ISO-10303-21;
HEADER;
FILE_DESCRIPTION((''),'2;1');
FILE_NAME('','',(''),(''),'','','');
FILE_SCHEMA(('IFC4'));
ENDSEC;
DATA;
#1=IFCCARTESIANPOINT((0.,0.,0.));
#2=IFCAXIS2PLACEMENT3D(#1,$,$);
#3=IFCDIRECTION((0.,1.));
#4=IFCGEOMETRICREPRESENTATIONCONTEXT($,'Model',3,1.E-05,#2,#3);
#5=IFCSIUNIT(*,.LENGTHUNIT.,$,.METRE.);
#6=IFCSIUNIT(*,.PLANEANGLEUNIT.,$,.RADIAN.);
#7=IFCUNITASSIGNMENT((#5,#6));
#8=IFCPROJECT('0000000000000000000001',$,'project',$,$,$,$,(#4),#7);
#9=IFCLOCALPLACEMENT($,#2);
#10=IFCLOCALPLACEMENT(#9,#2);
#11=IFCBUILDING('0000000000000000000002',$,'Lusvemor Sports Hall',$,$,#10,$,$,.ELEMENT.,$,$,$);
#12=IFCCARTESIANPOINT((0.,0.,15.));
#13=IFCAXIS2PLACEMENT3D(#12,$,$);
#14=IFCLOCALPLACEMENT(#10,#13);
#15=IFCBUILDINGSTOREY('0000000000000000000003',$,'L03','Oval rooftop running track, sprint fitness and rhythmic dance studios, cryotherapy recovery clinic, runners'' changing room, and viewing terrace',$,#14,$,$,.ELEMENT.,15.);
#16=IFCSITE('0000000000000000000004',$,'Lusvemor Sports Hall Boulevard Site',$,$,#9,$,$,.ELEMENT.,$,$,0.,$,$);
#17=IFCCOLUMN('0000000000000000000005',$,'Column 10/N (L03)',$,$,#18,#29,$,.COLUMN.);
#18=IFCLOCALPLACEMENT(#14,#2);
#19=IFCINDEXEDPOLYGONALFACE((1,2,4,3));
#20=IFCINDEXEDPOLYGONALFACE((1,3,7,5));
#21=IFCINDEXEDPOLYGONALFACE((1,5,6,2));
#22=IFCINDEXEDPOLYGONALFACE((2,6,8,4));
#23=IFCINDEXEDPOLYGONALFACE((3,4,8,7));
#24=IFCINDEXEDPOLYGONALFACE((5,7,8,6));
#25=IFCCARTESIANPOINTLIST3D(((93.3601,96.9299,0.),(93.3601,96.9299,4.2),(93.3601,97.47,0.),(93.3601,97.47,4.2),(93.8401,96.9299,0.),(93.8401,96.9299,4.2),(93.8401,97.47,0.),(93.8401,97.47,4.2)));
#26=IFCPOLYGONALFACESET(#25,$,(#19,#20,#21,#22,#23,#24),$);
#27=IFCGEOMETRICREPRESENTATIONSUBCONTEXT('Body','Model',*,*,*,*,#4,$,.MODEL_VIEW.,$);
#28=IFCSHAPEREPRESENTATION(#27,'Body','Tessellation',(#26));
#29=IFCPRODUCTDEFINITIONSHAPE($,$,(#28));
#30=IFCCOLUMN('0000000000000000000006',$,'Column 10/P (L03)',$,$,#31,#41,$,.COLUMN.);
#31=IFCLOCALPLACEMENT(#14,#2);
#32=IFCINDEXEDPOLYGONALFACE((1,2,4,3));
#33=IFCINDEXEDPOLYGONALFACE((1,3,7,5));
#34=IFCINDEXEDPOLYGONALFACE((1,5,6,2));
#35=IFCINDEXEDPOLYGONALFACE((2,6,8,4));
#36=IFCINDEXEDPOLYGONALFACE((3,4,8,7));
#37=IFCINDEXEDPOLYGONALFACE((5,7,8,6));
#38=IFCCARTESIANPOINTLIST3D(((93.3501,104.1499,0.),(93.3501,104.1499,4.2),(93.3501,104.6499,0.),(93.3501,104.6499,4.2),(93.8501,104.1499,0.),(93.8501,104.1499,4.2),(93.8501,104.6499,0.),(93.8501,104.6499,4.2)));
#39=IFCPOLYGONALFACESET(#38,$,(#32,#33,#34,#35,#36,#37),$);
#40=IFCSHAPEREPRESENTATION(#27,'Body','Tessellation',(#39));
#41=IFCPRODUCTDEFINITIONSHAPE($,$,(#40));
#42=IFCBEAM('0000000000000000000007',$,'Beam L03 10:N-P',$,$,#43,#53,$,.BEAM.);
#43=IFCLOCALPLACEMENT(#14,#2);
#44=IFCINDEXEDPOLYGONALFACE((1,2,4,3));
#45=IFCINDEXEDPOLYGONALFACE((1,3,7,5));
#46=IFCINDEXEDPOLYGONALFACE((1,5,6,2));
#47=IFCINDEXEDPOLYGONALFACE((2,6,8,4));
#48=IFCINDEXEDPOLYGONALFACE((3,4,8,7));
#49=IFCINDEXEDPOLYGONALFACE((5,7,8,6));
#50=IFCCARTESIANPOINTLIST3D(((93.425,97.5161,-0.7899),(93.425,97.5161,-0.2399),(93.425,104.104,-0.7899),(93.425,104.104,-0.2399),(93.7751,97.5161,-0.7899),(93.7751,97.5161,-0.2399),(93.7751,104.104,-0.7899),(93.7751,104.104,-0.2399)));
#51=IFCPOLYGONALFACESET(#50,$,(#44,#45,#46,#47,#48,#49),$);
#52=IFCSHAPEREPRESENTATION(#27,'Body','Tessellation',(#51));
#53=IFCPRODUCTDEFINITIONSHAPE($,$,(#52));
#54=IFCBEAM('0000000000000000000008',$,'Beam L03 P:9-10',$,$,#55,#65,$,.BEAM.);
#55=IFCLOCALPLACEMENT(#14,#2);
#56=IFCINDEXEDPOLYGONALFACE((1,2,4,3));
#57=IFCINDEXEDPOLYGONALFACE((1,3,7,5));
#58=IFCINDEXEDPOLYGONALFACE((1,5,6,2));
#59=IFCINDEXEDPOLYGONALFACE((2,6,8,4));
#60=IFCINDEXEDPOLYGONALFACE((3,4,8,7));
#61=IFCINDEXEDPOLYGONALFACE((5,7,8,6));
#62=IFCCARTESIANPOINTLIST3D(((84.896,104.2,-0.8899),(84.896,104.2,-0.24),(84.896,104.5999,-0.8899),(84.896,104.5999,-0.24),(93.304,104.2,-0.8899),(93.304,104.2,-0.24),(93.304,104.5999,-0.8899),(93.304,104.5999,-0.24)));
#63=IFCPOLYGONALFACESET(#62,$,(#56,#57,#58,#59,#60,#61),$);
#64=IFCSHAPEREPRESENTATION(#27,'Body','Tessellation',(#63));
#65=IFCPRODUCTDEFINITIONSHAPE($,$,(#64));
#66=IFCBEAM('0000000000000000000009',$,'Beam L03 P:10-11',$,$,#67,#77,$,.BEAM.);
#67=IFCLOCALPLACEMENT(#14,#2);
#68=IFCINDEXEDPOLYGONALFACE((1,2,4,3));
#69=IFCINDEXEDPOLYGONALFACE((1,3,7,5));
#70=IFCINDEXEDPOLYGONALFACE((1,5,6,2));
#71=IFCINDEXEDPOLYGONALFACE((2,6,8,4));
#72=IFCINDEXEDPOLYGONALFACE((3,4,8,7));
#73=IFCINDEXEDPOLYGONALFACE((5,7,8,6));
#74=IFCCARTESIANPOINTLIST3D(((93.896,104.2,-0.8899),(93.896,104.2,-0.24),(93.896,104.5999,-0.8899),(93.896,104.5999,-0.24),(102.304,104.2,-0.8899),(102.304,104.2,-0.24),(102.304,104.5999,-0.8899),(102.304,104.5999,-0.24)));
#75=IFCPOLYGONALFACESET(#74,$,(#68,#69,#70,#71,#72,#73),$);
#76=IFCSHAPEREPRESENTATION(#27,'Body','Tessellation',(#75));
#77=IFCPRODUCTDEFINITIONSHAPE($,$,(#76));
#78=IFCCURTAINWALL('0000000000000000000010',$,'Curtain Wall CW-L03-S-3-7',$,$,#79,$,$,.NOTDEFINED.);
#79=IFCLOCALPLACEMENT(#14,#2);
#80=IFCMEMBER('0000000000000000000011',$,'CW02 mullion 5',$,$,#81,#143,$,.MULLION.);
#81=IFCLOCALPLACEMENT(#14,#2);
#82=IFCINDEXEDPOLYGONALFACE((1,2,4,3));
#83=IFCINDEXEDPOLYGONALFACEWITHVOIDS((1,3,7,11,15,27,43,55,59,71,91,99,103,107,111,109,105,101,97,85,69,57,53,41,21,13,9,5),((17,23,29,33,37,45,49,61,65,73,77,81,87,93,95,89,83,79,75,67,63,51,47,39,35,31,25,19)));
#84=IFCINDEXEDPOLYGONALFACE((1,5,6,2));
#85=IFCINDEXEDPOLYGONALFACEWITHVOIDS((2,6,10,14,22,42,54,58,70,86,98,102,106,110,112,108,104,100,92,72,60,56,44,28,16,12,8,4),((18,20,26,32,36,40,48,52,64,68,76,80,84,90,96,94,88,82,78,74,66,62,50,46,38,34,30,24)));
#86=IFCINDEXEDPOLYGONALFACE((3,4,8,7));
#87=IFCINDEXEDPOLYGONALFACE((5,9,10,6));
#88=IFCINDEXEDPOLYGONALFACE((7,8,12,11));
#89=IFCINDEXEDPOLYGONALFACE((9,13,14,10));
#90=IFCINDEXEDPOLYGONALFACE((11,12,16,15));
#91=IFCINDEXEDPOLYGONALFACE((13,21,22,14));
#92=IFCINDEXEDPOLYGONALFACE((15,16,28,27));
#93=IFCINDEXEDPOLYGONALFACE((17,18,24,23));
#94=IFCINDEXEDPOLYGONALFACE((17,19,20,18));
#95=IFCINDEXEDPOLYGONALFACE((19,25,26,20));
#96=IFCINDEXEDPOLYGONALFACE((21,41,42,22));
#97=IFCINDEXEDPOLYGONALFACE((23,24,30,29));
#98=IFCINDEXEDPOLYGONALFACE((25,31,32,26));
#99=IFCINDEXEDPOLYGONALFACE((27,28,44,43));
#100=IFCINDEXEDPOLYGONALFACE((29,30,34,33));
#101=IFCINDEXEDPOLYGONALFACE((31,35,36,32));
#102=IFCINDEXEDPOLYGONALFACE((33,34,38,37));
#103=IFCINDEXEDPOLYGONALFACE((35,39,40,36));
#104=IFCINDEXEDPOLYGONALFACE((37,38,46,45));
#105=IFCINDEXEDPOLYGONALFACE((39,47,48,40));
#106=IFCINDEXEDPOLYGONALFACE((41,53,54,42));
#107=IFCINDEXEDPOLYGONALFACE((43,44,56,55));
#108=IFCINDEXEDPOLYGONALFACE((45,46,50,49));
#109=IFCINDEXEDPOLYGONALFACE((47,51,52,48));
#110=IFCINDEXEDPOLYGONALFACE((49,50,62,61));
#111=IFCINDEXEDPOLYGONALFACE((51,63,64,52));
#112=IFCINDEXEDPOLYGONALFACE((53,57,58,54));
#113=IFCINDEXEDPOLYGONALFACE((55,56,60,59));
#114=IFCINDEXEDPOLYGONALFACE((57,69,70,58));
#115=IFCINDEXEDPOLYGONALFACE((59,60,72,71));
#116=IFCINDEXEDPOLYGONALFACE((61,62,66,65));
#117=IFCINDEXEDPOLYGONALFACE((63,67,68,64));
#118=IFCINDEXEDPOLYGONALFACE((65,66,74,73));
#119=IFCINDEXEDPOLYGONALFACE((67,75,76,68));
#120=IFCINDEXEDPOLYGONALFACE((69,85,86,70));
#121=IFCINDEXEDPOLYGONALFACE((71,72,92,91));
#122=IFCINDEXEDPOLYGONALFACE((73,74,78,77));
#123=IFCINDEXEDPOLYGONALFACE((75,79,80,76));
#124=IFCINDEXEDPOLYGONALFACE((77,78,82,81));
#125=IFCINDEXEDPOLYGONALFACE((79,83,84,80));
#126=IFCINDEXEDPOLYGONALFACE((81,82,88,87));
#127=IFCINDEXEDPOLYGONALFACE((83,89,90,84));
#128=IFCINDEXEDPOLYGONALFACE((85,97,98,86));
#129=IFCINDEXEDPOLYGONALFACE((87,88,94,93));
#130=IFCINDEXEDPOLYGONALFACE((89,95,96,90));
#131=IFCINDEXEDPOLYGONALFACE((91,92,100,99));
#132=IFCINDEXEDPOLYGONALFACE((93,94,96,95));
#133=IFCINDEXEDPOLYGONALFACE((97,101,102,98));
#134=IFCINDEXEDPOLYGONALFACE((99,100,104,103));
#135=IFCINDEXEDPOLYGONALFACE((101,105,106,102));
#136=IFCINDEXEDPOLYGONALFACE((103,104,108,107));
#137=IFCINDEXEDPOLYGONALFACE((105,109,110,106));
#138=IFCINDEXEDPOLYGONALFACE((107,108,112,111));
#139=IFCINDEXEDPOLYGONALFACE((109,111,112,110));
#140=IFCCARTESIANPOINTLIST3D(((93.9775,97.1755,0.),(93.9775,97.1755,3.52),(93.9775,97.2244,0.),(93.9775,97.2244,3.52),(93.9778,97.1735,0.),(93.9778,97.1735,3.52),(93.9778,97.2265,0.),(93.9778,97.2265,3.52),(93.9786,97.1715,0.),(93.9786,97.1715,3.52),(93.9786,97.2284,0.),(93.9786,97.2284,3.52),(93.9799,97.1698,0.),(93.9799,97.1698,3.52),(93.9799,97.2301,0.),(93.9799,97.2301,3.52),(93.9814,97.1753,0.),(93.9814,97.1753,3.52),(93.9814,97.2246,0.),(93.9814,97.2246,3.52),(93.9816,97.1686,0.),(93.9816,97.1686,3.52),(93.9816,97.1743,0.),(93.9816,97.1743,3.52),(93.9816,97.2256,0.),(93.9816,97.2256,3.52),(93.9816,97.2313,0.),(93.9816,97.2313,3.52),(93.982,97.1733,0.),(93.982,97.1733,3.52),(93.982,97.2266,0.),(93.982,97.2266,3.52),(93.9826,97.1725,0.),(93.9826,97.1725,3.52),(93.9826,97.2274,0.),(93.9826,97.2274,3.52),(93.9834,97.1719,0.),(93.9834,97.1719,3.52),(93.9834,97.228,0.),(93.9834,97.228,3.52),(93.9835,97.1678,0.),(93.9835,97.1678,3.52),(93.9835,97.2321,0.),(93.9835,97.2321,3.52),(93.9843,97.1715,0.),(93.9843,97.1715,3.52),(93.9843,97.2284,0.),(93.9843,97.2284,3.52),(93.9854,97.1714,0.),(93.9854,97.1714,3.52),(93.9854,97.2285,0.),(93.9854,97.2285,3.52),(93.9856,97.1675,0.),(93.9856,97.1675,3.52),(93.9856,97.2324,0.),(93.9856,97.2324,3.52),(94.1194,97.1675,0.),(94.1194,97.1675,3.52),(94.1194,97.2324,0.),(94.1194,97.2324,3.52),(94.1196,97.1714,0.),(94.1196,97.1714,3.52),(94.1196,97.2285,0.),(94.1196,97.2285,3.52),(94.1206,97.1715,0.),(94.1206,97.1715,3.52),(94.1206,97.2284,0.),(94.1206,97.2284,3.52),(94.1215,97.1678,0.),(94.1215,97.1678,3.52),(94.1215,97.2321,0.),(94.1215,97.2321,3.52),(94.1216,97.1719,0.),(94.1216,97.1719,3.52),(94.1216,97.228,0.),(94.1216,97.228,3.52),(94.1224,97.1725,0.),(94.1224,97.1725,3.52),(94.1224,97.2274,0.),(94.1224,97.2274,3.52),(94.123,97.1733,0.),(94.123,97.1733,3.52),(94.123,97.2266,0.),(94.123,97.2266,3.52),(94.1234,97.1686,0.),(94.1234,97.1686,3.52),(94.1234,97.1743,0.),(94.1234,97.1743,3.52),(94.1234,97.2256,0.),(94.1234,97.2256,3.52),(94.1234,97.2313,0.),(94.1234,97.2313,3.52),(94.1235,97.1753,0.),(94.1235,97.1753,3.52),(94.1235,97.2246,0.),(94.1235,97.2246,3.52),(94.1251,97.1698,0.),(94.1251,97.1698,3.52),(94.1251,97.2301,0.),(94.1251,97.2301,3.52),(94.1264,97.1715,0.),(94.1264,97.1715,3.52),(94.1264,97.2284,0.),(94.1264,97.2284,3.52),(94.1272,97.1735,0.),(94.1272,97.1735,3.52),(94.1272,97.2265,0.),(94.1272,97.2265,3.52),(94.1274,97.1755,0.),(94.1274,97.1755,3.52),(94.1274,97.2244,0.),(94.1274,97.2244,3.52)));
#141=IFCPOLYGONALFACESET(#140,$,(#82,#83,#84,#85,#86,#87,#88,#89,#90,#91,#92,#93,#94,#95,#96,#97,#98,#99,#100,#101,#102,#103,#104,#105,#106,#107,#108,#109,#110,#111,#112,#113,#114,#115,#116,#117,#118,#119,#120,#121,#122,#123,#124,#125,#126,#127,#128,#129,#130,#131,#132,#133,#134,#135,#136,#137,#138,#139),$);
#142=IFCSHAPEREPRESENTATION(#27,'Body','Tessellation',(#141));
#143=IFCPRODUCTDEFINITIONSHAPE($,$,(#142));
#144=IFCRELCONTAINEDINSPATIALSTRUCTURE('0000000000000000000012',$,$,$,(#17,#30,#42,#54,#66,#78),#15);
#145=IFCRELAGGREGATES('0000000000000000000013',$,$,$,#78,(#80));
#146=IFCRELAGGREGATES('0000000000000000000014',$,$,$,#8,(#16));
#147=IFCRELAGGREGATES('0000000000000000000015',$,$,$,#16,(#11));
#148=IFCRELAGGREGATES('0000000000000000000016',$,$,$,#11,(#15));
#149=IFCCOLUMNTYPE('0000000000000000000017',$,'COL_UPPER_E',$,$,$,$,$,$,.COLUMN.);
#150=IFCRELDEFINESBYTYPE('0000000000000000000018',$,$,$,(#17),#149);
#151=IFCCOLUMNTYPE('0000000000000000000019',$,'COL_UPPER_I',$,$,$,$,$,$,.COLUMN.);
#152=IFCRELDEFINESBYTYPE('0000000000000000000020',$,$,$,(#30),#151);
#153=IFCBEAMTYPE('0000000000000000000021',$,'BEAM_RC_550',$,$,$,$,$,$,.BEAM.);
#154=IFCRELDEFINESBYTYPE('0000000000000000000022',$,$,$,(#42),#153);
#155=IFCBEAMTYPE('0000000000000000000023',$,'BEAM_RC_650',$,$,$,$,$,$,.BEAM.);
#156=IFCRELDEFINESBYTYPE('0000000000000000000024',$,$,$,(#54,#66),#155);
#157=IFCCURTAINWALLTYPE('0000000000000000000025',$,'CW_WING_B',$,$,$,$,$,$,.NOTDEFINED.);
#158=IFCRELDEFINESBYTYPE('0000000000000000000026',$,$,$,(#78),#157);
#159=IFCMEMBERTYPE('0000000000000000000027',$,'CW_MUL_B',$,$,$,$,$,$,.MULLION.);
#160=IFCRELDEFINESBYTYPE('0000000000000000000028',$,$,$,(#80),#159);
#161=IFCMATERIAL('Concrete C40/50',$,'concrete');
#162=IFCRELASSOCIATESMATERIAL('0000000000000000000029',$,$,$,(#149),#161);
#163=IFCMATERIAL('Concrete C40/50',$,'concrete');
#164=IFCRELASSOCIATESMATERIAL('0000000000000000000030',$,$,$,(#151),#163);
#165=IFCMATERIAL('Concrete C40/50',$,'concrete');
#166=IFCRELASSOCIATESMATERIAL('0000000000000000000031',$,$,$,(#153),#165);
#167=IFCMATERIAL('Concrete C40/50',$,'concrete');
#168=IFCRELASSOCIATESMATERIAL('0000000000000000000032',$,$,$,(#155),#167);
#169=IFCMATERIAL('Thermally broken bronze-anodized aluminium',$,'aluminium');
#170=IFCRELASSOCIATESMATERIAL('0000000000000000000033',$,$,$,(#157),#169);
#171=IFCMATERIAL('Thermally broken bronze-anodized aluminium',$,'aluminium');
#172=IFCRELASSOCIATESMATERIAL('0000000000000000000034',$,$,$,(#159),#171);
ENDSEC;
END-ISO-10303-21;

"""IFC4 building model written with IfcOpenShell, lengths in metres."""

from ifc_helpers import new_model, si_unit, direction, frame, origin, origin_2d, place, context, subcontext, project, spatial, rectangle, hollow_rectangle, extrude, material, material_profile, profile_set, type_object, element, aggregate, save


model = new_model("IFC4")

# Units and contexts
model_context = context("Model", 3, precision=1e-05, world=origin(), true_north=direction((0.0, 1.0)))
body_context = subcontext(model_context, "Body", "Model", "MODEL_VIEW")
ifc_project = project(units=[si_unit("LENGTHUNIT", "METRE"), si_unit("PLANEANGLEUNIT", "RADIAN")], contexts=[model_context])

# Site, building, storey
site_placement = place(None, origin())
site = spatial("IfcSite", under=ifc_project, at=site_placement, Name="Lusvemor Sports Hall Boulevard Site", CompositionType="ELEMENT", RefElevation=0.0)
building_placement = place(site_placement, origin())
building = spatial("IfcBuilding", under=site, at=building_placement, Name="Lusvemor Sports Hall", CompositionType="ELEMENT")
storey_placement = place(building_placement, frame((0.0, 0.0, 15.0)))
storey = spatial("IfcBuildingStorey", under=building, at=storey_placement, Name="L03", Description="Oval rooftop running track, sprint fitness and rhythmic dance studios, cryotherapy recovery clinic, runners' changing room, and viewing terrace", CompositionType="ELEMENT", Elevation=15.0)

# Columns
ifc_material_1 = material(Name="Concrete C40/50", Category="concrete")
ifc_material_profile_1 = material_profile(ifc_material_1, rectangle(XDim=0.48, YDim=0.54, at=origin_2d()), Name="RC480x540")
ifc_profile_set_1 = profile_set([ifc_material_profile_1], Name="Concrete C40/50")
column_type_1 = type_object("IfcColumnType", Name="COL_UPPER_E", PredefinedType="COLUMN", material=ifc_profile_set_1)
column_1_placement = place(storey_placement, frame((93.6001, 97.2, 0.0), z_axis=(0.0, 0.0, 1.0), x_axis=(1.0, 0.0, 0.0)))
element("IfcColumn", 1, at=column_1_placement, inside=storey, type_object=column_type_1, Name="Column 10/N (L03)", PredefinedType="COLUMN", context=body_context, shape_type="SweptSolid", body=[
    extrude(rectangle(XDim=0.48, YDim=0.54, at=origin_2d()), origin(), (0.0, 0.0, 1.0), 4.2),
])
ifc_material_2 = material(Name="Concrete C40/50", Category="concrete")
ifc_material_profile_2 = material_profile(ifc_material_2, rectangle(XDim=0.5, YDim=0.5, at=origin_2d()), Name="RC500x500")
ifc_profile_set_2 = profile_set([ifc_material_profile_2], Name="Concrete C40/50")
column_type_2 = type_object("IfcColumnType", Name="COL_UPPER_I", PredefinedType="COLUMN", material=ifc_profile_set_2)
column_2_placement = place(storey_placement, frame((93.6001, 104.3999, 0.0), z_axis=(0.0, 0.0, 1.0), x_axis=(1.0, 0.0, 0.0)))
element("IfcColumn", 2, at=column_2_placement, inside=storey, type_object=column_type_2, Name="Column 10/P (L03)", PredefinedType="COLUMN", context=body_context, shape_type="SweptSolid", body=[
    extrude(rectangle(XDim=0.5, YDim=0.5, at=origin_2d()), origin(), (0.0, 0.0, 1.0), 4.2),
])

# Beams
ifc_material_3 = material(Name="Concrete C40/50", Category="concrete")
ifc_material_profile_3 = material_profile(ifc_material_3, rectangle(XDim=0.3501, YDim=0.55, at=origin_2d()), Name="RC350x550")
ifc_profile_set_3 = profile_set([ifc_material_profile_3], Name="Concrete C40/50")
beam_type_1 = type_object("IfcBeamType", Name="BEAM_RC_550", PredefinedType="BEAM", material=ifc_profile_set_3)
beam_1_placement = place(storey_placement, frame((93.6001, 97.5161, -0.5149), z_axis=(0.0, 1.0, 0.0), x_axis=(-1.0, 0.0, 0.0)))
element("IfcBeam", 3, at=beam_1_placement, inside=storey, type_object=beam_type_1, Name="Beam L03 10:N-P", PredefinedType="BEAM", context=body_context, shape_type="SweptSolid", body=[
    extrude(rectangle(XDim=0.3501, YDim=0.55, at=origin_2d()), origin(), (0.0, 0.0, 1.0), 6.5879),
])
ifc_material_4 = material(Name="Concrete C40/50", Category="concrete")
ifc_material_profile_4 = material_profile(ifc_material_4, rectangle(XDim=0.3999, YDim=0.6499, at=origin_2d()), Name="RC400x650")
ifc_profile_set_4 = profile_set([ifc_material_profile_4], Name="Concrete C40/50")
beam_type_2 = type_object("IfcBeamType", Name="BEAM_RC_650", PredefinedType="BEAM", material=ifc_profile_set_4)
for number, where, z_axis, x_axis, name in (
    (4, (84.896, 104.3999, -0.5649), (1.0, 0.0, 0.0), (0.0, 1.0, 0.0), "Beam L03 P:9-10"),
    (5, (93.896, 104.3999, -0.5649), (1.0, 0.0, 0.0), (0.0, 1.0, 0.0), "Beam L03 P:10-11"),
):
    element("IfcBeam", number, at=place(storey_placement, frame(where, z_axis=z_axis, x_axis=x_axis)), inside=storey, type_object=beam_type_2, Name=name, PredefinedType="BEAM", context=body_context, shape_type="SweptSolid", body=[
        extrude(rectangle(XDim=0.3999, YDim=0.6499, at=origin_2d()), origin(), (0.0, 0.0, 1.0), 8.408),
    ])

# Curtain wall, member
ifc_material_5 = material(Name="Thermally broken bronze-anodized aluminium", Category="aluminium")
curtain_wall_type = type_object("IfcCurtainWallType", Name="CW_WING_B", PredefinedType="NOTDEFINED", material=ifc_material_5)
curtain_wall_placement = place(storey_placement, origin())
curtain_wall = element("IfcCurtainWall", 6, at=curtain_wall_placement, inside=storey, type_object=curtain_wall_type, Name="Curtain Wall CW-L03-S-3-7", PredefinedType="NOTDEFINED")
ifc_material_6 = material(Name="Thermally broken bronze-anodized aluminium", Category="aluminium")
ifc_material_profile_5 = material_profile(ifc_material_6, hollow_rectangle(XDim=0.0649, YDim=0.1499, WallThickness=0.0039, InnerFilletRadius=0.0039, OuterFilletRadius=0.0081, at=origin_2d()), Name="CWMUL150x65x4")
ifc_profile_set_5 = profile_set([ifc_material_profile_5], Name="Thermally broken bronze-anodized aluminium")
member_type_1 = type_object("IfcMemberType", Name="CW_MUL_B", PredefinedType="MULLION", material=ifc_profile_set_5)
member_1_placement = place(storey_placement, frame((94.0525, 97.2, 0.0), z_axis=(0.0, 0.0, 1.0), x_axis=(0.0, -1.0, 0.0)))
member_1 = element("IfcMember", 7, at=member_1_placement, type_object=member_type_1, Name="CW02 mullion 5", PredefinedType="MULLION", context=body_context, shape_type="SweptSolid", body=[
    extrude(hollow_rectangle(XDim=0.0649, YDim=0.1499, WallThickness=0.0039, InnerFilletRadius=0.0039, OuterFilletRadius=0.0081, at=origin_2d()), origin(), (0.0, 0.0, 1.0), 3.52),
])

aggregate(curtain_wall, [member_1])

save(model, "model.ifc")
